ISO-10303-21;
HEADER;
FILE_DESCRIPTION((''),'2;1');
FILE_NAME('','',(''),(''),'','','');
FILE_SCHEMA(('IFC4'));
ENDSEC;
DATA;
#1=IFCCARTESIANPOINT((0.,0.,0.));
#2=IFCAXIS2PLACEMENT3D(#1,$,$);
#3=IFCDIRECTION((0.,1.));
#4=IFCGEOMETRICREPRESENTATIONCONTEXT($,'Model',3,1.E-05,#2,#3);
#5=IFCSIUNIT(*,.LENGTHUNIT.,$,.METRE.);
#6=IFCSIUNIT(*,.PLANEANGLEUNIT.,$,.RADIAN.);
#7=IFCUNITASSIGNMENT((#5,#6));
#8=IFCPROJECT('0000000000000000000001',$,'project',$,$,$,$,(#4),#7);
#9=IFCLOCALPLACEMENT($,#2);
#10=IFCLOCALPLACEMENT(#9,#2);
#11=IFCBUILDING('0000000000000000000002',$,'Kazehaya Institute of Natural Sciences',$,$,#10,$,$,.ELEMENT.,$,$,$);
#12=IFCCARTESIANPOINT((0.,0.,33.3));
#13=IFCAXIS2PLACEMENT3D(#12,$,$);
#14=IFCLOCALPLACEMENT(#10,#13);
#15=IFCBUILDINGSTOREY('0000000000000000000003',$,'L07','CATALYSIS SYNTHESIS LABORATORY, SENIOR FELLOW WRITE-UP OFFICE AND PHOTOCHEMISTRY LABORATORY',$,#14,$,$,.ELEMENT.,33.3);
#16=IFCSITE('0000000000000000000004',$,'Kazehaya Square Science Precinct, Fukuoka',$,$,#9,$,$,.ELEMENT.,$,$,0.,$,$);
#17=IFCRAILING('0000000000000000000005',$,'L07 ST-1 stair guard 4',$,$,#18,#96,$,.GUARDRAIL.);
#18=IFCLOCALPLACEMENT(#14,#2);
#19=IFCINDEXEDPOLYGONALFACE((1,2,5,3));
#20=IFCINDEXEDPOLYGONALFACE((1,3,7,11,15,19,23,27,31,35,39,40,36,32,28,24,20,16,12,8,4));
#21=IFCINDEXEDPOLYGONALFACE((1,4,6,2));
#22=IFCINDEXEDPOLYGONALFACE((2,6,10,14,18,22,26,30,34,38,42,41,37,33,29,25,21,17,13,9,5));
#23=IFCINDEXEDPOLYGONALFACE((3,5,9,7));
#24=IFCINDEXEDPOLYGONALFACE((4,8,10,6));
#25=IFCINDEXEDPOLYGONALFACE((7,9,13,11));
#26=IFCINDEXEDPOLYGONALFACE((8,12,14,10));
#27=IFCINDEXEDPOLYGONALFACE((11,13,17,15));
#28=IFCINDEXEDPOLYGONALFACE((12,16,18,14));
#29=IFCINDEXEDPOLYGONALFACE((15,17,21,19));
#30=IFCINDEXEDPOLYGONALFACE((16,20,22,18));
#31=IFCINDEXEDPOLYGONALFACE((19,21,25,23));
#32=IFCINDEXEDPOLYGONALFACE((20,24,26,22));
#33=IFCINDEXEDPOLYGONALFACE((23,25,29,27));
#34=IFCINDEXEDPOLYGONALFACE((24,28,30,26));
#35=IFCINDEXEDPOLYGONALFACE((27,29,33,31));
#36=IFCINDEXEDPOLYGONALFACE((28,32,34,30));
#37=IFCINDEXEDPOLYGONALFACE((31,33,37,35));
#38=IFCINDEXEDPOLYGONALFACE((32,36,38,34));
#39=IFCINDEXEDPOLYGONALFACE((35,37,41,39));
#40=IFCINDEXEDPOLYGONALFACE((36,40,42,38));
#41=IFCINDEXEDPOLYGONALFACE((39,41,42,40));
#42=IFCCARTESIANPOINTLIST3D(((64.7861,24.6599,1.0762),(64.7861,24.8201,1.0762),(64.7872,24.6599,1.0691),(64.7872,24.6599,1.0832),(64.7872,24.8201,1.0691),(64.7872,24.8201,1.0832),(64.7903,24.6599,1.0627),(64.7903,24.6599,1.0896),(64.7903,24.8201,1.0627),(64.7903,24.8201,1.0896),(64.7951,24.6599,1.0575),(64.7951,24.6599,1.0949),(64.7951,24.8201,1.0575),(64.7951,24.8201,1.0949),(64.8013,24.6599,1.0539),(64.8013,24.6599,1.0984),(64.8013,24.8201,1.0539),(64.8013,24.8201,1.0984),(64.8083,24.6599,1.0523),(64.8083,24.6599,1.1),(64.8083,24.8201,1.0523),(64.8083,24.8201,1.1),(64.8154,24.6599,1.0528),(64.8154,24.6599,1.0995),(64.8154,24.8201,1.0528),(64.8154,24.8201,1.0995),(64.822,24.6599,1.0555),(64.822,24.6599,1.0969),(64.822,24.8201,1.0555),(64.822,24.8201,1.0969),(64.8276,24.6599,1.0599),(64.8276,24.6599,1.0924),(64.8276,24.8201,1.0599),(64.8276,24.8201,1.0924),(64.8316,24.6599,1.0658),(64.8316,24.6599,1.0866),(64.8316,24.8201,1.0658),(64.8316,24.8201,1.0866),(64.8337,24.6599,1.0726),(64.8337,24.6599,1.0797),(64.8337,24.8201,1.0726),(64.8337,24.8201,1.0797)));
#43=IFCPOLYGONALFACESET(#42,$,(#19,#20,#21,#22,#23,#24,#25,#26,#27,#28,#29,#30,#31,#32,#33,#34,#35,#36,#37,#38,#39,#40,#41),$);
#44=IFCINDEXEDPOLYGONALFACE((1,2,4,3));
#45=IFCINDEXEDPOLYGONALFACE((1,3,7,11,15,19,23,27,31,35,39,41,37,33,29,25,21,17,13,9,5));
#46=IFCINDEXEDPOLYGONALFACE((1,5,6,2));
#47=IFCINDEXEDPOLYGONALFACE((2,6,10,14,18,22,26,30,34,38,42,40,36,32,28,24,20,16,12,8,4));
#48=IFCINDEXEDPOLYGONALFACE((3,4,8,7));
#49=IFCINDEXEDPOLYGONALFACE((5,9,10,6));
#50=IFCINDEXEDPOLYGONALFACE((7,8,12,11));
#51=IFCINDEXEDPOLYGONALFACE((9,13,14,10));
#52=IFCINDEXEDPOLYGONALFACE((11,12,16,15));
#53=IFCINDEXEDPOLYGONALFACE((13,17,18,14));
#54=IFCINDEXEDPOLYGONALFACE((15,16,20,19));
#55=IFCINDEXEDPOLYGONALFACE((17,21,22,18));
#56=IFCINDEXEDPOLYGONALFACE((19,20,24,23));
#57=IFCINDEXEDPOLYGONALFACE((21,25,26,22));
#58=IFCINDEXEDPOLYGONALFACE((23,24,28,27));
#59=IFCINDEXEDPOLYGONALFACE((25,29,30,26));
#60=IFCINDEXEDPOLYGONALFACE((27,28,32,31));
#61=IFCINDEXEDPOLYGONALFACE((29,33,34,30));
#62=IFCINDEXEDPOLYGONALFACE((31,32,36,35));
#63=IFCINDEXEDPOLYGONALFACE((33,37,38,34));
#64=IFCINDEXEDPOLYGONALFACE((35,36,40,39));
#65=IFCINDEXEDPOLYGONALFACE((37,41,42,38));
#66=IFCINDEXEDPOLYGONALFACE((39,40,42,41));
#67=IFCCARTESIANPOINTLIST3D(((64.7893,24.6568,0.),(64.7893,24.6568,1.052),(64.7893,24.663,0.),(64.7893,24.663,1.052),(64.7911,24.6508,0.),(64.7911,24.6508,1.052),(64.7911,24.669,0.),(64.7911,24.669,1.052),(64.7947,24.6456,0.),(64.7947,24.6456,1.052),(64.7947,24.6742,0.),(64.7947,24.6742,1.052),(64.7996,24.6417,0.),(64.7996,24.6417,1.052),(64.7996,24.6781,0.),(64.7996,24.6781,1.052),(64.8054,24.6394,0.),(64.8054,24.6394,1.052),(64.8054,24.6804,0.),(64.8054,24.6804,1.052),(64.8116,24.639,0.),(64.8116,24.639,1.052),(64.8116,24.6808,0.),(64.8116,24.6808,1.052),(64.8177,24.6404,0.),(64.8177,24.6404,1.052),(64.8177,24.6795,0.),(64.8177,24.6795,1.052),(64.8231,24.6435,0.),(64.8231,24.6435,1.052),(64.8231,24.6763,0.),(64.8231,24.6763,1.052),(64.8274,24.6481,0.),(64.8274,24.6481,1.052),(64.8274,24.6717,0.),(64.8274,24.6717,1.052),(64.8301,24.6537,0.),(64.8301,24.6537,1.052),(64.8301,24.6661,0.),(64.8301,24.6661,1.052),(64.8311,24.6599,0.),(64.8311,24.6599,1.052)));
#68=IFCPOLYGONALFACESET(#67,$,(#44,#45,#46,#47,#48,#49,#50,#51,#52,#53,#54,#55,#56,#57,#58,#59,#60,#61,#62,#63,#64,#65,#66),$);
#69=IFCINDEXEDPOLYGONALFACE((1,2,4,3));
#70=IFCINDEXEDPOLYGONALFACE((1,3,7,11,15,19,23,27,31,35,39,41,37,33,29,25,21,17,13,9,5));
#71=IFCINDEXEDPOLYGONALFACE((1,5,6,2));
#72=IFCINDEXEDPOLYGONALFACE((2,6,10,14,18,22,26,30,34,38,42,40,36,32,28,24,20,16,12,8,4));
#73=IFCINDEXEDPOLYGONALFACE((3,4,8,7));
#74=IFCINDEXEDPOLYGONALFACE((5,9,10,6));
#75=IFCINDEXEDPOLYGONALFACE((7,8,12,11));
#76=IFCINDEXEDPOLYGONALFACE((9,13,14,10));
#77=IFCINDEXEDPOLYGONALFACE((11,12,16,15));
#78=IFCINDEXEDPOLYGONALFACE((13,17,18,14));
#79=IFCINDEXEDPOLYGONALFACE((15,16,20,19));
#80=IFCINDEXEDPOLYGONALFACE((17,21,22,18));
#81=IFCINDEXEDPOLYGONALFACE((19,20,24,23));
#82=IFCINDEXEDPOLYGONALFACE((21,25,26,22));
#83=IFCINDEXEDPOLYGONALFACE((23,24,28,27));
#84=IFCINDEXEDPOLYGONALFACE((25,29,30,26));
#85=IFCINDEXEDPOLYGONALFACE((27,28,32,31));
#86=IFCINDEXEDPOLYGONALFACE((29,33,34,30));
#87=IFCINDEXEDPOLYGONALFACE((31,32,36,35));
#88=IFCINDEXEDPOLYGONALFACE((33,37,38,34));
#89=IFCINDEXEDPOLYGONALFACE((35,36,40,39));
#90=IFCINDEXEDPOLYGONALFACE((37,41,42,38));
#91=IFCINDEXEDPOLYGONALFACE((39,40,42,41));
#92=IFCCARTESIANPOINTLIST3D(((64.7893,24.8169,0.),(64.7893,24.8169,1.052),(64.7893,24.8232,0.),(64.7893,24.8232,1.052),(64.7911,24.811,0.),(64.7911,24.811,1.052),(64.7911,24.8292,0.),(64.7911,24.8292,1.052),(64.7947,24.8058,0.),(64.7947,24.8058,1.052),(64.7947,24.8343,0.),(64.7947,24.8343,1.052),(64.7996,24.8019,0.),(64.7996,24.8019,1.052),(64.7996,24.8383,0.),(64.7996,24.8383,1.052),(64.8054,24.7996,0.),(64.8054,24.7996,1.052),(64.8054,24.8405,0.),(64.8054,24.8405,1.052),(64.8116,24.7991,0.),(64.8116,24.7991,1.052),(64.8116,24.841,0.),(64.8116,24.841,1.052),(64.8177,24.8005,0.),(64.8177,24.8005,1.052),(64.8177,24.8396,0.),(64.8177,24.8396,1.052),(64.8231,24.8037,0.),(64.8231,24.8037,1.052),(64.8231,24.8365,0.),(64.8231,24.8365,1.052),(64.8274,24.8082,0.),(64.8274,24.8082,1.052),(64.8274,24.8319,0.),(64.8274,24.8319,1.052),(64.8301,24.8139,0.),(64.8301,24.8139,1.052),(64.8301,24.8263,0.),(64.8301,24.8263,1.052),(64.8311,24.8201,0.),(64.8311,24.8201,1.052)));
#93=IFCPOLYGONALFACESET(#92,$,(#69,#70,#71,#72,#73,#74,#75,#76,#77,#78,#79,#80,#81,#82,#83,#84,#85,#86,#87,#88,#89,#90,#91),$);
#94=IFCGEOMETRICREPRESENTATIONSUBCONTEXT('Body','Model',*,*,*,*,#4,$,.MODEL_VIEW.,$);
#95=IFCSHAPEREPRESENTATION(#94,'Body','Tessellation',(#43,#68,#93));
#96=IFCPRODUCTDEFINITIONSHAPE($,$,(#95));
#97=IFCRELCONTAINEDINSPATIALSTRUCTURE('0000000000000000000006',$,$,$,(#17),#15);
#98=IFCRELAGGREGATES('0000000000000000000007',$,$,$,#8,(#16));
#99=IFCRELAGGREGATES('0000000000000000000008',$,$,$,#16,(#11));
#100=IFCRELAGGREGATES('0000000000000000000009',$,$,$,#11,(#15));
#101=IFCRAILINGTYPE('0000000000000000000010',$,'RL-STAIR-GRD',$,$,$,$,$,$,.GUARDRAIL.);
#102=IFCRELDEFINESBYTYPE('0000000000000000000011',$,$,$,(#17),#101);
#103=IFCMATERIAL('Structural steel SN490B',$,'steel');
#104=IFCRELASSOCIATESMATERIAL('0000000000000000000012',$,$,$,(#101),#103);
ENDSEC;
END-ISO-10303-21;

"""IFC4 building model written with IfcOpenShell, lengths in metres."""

from ifc_helpers import new_model, si_unit, direction, frame, origin, origin_2d, place, context, subcontext, project, spatial, circle, extrude, material, type_object, element, save


model = new_model("IFC4")

# Units and contexts
model_context = context("Model", 3, precision=1e-05, world=origin(), true_north=direction((0.0, 1.0)))
body_context = subcontext(model_context, "Body", "Model", "MODEL_VIEW")
ifc_project = project(units=[si_unit("LENGTHUNIT", "METRE"), si_unit("PLANEANGLEUNIT", "RADIAN")], contexts=[model_context])

# Site, building, storey
site_placement = place(None, origin())
site = spatial("IfcSite", under=ifc_project, at=site_placement, Name="Kazehaya Square Science Precinct, Fukuoka", CompositionType="ELEMENT", RefElevation=0.0)
building_placement = place(site_placement, origin())
building = spatial("IfcBuilding", under=site, at=building_placement, Name="Kazehaya Institute of Natural Sciences", CompositionType="ELEMENT")
storey_placement = place(building_placement, frame((0.0, 0.0, 33.3)))
storey = spatial("IfcBuildingStorey", under=building, at=storey_placement, Name="L07", Description="CATALYSIS SYNTHESIS LABORATORY, SENIOR FELLOW WRITE-UP OFFICE AND PHOTOCHEMISTRY LABORATORY", CompositionType="ELEMENT", Elevation=33.3)

# Railing
ifc_material_1 = material(Name="Structural steel SN490B", Category="steel")
railing_type_1 = type_object("IfcRailingType", Name="RL-STAIR-GRD", PredefinedType="GUARDRAIL", material=ifc_material_1)
railing_1_placement = place(storey_placement, frame((64.8101, 24.6599, 0.0)))
element("IfcRailing", 1, at=railing_1_placement, inside=storey, type_object=railing_type_1, Name="L07 ST-1 stair guard 4", PredefinedType="GUARDRAIL", context=body_context, shape_type="SweptSolid", body=[
    extrude(circle(Radius=0.0239, at=origin_2d()), frame((0.0, 0.0, 1.0762), z_axis=(0.0, 1.0, 0.0), x_axis=(-1.0, 0.0, 0.0)), (0.0, 0.0, 1.0), 0.1602),
    extrude(circle(Radius=0.021, at=origin_2d()), origin(), (0.0, 0.0, 1.0), 1.052),
    extrude(circle(Radius=0.021, at=origin_2d()), frame((0.0, 0.1602, 0.0)), (0.0, 0.0, 1.0), 1.052),
])

save(model, "model.ifc")
